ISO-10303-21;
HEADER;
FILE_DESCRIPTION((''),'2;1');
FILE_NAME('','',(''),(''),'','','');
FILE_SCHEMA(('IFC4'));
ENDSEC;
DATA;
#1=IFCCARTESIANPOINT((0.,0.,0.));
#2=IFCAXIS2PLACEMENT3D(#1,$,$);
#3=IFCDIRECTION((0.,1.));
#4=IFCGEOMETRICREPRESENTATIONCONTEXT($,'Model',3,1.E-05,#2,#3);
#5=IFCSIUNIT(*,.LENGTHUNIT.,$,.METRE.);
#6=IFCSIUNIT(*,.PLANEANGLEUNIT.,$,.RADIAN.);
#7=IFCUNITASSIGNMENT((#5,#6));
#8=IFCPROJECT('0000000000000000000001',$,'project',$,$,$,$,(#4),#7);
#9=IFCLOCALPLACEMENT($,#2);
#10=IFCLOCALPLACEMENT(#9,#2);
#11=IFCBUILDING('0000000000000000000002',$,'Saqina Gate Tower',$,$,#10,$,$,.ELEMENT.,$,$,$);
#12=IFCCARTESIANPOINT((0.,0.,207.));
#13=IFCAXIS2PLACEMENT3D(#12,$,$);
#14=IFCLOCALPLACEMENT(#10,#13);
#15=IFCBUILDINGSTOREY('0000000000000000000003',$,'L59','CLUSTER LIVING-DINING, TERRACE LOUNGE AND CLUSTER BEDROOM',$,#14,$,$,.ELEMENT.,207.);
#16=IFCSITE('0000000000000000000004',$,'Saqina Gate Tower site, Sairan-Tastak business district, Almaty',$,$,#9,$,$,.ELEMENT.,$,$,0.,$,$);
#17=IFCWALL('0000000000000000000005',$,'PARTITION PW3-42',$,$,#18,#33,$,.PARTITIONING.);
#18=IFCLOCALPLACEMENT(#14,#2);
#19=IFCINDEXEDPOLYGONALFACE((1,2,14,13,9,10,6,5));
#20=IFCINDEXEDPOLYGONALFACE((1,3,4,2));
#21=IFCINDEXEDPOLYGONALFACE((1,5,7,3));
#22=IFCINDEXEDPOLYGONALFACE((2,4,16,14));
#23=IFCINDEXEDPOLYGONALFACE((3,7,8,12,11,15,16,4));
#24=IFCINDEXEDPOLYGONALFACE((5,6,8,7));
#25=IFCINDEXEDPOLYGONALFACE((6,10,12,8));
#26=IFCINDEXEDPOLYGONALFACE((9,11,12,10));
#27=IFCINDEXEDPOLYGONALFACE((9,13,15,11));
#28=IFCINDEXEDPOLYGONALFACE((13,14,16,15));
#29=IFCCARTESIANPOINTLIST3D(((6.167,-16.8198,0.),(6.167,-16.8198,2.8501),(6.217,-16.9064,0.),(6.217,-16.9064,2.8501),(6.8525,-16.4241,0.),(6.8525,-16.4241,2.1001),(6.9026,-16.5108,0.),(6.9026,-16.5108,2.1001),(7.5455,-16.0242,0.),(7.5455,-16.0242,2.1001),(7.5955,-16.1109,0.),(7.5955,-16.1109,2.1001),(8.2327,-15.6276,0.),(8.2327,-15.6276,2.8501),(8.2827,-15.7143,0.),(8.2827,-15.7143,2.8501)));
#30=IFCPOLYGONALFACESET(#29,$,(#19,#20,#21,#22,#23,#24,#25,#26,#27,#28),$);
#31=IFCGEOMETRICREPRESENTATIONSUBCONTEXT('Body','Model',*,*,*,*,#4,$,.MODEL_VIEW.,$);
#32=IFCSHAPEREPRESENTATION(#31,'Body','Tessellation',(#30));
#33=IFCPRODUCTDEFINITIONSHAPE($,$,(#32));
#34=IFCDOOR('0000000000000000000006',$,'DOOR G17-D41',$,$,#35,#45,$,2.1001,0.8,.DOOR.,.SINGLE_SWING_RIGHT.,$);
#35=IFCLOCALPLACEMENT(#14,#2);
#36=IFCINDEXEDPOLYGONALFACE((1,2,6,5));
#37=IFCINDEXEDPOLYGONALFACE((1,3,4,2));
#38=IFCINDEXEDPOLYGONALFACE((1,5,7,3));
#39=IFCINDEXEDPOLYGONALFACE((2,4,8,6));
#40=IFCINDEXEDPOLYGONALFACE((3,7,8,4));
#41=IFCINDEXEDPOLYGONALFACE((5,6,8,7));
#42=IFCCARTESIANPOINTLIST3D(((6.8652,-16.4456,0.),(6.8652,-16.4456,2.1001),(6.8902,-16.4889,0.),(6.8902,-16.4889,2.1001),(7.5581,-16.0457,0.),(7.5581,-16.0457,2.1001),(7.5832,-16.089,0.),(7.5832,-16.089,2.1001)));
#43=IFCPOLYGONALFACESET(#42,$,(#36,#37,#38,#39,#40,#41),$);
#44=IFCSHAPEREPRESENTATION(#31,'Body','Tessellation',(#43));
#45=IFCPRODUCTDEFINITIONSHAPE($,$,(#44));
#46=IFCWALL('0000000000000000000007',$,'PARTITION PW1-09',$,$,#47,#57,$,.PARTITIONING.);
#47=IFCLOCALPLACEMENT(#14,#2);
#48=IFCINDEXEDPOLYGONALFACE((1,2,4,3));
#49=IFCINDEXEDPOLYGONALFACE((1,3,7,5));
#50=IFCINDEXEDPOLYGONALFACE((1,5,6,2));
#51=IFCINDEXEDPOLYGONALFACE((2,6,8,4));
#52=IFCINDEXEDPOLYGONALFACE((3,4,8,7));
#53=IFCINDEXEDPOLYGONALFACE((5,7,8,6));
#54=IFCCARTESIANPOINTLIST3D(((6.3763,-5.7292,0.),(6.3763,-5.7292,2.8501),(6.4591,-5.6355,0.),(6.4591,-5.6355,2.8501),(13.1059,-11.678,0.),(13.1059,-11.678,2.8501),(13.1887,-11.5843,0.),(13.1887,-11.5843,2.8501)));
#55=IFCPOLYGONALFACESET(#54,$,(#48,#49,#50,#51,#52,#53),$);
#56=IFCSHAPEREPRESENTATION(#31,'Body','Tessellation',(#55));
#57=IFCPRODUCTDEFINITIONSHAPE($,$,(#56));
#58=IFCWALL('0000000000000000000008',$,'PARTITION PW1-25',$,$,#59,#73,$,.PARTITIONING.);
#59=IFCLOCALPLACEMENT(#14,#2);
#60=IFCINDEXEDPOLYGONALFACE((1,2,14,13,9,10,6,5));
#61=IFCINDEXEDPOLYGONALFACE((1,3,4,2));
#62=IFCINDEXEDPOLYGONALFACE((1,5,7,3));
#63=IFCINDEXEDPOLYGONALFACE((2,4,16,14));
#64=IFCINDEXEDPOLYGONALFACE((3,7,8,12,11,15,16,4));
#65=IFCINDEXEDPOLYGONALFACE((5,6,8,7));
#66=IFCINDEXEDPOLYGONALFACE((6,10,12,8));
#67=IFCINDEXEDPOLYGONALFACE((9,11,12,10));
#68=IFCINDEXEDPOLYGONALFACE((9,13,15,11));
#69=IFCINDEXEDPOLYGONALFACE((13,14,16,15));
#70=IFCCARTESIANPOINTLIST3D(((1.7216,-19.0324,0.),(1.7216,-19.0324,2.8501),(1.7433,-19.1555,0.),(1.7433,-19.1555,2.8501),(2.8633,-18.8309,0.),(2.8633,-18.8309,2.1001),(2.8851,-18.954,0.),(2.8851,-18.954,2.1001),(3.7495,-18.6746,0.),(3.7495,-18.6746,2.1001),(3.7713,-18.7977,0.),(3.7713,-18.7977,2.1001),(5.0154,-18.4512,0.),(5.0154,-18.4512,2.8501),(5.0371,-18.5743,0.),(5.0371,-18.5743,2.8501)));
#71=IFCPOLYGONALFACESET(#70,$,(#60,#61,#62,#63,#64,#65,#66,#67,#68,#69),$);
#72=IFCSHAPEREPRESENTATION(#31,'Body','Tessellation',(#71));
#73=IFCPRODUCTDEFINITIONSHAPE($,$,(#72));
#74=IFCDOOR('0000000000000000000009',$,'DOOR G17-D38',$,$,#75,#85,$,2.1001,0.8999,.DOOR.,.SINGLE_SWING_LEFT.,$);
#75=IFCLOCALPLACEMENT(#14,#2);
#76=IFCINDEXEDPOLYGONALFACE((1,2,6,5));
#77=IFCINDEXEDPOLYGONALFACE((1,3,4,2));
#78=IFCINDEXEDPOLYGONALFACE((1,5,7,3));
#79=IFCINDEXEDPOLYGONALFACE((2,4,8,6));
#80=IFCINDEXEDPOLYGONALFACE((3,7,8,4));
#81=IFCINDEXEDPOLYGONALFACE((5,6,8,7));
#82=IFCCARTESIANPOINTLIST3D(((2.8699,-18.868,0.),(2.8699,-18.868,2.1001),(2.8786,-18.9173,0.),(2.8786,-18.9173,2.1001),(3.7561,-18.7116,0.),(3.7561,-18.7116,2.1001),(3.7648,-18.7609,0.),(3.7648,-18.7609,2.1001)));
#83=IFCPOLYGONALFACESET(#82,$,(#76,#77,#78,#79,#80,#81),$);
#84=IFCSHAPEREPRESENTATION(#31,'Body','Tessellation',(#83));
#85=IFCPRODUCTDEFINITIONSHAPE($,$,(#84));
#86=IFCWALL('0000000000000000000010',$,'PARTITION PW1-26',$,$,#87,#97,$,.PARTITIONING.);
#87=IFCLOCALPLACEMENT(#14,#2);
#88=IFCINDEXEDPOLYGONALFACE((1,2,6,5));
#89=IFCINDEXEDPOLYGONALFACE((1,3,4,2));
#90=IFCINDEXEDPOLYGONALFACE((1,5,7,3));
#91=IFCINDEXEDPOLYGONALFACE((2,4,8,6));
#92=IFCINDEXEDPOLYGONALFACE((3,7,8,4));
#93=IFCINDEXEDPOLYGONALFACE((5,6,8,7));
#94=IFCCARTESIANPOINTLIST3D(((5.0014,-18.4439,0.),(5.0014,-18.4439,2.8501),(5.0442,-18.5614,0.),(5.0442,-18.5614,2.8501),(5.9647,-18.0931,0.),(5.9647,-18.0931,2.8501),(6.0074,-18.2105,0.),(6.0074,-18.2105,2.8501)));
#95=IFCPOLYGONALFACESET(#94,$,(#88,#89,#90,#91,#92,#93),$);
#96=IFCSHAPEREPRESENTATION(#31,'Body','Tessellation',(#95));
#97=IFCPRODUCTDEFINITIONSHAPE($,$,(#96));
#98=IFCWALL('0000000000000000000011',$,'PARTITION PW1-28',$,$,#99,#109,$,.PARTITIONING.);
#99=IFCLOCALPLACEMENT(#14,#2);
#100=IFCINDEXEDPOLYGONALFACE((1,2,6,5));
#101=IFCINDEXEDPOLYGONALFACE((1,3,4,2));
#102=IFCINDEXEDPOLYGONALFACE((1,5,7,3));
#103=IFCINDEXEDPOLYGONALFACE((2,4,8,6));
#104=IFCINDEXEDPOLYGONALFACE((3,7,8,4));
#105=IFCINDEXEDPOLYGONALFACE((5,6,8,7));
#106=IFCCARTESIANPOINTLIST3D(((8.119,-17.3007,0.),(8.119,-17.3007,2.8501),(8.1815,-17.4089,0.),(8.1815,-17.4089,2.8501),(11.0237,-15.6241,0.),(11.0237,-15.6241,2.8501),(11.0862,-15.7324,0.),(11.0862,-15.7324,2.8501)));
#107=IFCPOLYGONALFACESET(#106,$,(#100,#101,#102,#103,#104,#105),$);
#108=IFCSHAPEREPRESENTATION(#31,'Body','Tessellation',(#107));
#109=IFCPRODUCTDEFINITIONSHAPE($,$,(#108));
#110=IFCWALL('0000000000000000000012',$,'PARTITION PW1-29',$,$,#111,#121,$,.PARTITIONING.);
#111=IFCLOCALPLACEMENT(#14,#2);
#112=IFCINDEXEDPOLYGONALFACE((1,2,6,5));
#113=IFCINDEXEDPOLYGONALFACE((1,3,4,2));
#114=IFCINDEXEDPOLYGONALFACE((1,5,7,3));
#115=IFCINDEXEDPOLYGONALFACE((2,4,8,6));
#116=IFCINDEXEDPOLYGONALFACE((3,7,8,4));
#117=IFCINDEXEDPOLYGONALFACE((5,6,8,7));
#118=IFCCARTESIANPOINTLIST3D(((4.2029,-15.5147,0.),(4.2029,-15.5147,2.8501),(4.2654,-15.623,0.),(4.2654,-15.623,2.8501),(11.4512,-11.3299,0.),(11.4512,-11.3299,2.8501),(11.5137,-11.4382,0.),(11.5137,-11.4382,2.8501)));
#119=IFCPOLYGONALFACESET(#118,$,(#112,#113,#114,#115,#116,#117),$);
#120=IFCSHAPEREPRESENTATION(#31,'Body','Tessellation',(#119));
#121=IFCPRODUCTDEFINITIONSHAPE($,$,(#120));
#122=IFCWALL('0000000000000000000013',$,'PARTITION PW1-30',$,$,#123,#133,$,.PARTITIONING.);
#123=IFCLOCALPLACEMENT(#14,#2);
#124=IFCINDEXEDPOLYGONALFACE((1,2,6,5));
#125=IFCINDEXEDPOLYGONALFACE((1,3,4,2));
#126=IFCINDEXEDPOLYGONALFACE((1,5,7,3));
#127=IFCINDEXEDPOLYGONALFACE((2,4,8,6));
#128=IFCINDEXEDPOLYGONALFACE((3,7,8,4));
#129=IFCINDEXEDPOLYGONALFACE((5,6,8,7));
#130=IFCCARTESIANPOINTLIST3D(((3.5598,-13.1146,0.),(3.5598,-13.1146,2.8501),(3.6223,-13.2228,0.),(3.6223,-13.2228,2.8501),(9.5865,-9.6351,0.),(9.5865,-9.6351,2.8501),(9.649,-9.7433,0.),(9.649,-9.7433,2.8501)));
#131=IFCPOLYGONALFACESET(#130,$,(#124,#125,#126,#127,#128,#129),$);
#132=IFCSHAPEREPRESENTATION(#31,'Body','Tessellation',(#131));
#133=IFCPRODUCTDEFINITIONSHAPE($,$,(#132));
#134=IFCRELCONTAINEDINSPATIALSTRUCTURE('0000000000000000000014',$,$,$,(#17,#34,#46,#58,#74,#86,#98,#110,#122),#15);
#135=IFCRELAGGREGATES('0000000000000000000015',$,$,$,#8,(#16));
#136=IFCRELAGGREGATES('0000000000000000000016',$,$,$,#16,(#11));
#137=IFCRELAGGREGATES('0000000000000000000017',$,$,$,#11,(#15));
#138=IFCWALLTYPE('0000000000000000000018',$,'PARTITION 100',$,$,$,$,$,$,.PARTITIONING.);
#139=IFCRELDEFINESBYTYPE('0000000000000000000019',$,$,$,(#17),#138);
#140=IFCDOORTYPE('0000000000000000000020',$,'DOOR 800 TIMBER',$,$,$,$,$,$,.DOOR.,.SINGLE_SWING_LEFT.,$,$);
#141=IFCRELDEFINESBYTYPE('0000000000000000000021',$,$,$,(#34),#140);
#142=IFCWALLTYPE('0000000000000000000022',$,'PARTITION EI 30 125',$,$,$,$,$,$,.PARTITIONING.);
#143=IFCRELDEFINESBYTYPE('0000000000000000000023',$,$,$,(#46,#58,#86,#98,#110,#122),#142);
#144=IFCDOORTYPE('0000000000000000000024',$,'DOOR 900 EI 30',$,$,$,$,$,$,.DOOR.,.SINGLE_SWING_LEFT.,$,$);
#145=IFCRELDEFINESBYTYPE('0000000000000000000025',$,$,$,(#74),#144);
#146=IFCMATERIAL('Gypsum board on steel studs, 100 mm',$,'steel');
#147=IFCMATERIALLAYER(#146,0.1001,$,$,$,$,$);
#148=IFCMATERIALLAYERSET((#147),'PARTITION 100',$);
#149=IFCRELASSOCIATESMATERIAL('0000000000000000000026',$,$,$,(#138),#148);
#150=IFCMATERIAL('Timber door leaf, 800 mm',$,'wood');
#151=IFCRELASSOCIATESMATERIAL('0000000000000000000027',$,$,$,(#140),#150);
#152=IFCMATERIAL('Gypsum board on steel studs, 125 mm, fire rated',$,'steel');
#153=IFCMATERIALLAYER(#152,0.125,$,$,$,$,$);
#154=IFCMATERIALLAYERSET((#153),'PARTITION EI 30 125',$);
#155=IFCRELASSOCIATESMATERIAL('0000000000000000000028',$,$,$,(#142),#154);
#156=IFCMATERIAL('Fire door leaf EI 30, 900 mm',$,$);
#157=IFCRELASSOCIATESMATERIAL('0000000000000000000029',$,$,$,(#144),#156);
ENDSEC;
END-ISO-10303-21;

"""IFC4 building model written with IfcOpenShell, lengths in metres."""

from ifc_helpers import new_model, si_unit, direction, frame, frame_2d, origin, place, context, subcontext, project, spatial, rectangle, extrude, material, layer, layer_set, type_object, element, fill, save


model = new_model("IFC4")

# Units and contexts
model_context = context("Model", 3, precision=1e-05, world=origin(), true_north=direction((0.0, 1.0)))
body_context = subcontext(model_context, "Body", "Model", "MODEL_VIEW")
ifc_project = project(units=[si_unit("LENGTHUNIT", "METRE"), si_unit("PLANEANGLEUNIT", "RADIAN")], contexts=[model_context])

# Site, building, storey
site_placement = place(None, origin())
site = spatial("IfcSite", under=ifc_project, at=site_placement, Name="Saqina Gate Tower site, Sairan-Tastak business district, Almaty", CompositionType="ELEMENT", RefElevation=0.0)
building_placement = place(site_placement, origin())
building = spatial("IfcBuilding", under=site, at=building_placement, Name="Saqina Gate Tower", CompositionType="ELEMENT")
storey_placement = place(building_placement, frame((0.0, 0.0, 207.0)))
storey = spatial("IfcBuildingStorey", under=building, at=storey_placement, Name="L59", Description="CLUSTER LIVING-DINING, TERRACE LOUNGE AND CLUSTER BEDROOM", CompositionType="ELEMENT", Elevation=207.0)

# Shared definitions
ifc_material_1 = material(Name="Gypsum board on steel studs, 100 mm", Category="steel")
ifc_layer_1 = layer(ifc_material_1, 0.1001)
ifc_layer_set_1 = layer_set([ifc_layer_1], Name="PARTITION 100")
wall_type_1 = type_object("IfcWallType", Name="PARTITION 100", PredefinedType="PARTITIONING", material=ifc_layer_set_1)

# Shared definitions
ifc_material_2 = material(Name="Timber door leaf, 800 mm", Category="wood")
door_type_1 = type_object("IfcDoorType", Name="DOOR 800 TIMBER", OperationType="SINGLE_SWING_LEFT", PredefinedType="DOOR", material=ifc_material_2)

# Wall, opening, door
wall_1_placement = place(storey_placement, frame((6.1921, -16.863, 0.0), z_axis=(0.0, 0.0, 1.0), x_axis=(0.866112, 0.499849, 0.0)))
wall_1 = element("IfcWall", 1, at=wall_1_placement, inside=storey, type_object=wall_type_1, Name="PARTITION PW3-42", PredefinedType="PARTITIONING", context=body_context, shape_type="SweptSolid", body=[
    extrude(rectangle(XDim=2.385, YDim=0.1001, at=frame_2d((1.1924, 0.0))), origin(), (0.0, 0.0, 1.0), 2.8501),
])
opening_1_placement = place(wall_1_placement, frame((0.7915, 0.0, 0.0)))
opening_1 = element("IfcOpeningElement", 2, at=opening_1_placement, cuts=wall_1, PredefinedType="OPENING", context=body_context, shape_type="SweptSolid", body=[
    extrude(rectangle(XDim=0.8, YDim=2.1001, at=frame_2d((0.3999, 1.05))), frame((0.0, 0.062, 0.0), z_axis=(0.0, -1.0, 0.0), x_axis=(1.0, 0.0, 0.0)), (0.0, 0.0, 1.0), 0.124),
])
door_1_placement = place(opening_1_placement, frame((0.8, 0.0, 0.0), z_axis=(0.0, 0.0, 1.0), x_axis=(-1.0, 0.0, 0.0)))
door_1 = element("IfcDoor", 3, at=door_1_placement, inside=storey, type_object=door_type_1, Name="DOOR G17-D41", OperationType="SINGLE_SWING_RIGHT", OverallHeight=2.1001, OverallWidth=0.8, PredefinedType="DOOR", context=body_context, shape_type="SweptSolid", body=[
    extrude(rectangle(XDim=0.8, YDim=2.1001, at=frame_2d((0.3999, 1.05))), frame((0.0, 0.0249, 0.0), z_axis=(0.0, -1.0, 0.0), x_axis=(1.0, 0.0, 0.0)), (0.0, 0.0, 1.0), 0.05),
])
fill(opening_1, door_1)

# Wall
ifc_material_3 = material(Name="Gypsum board on steel studs, 125 mm, fire rated", Category="steel")
ifc_layer_2 = layer(ifc_material_3, 0.125)
ifc_layer_set_2 = layer_set([ifc_layer_2], Name="PARTITION EI 30 125")
wall_type_2 = type_object("IfcWallType", Name="PARTITION EI 30 125", PredefinedType="PARTITIONING", material=ifc_layer_set_2)
wall_2_placement = place(storey_placement, frame((6.4177, -5.6824, 0.0), z_axis=(0.0, 0.0, 1.0), x_axis=(0.749233, -0.662306, 0.0)))
element("IfcWall", 4, at=wall_2_placement, inside=storey, type_object=wall_type_2, Name="PARTITION PW1-09", PredefinedType="PARTITIONING", context=body_context, shape_type="SweptSolid", body=[
    extrude(rectangle(XDim=8.9819, YDim=0.125, at=frame_2d((4.491, 0.0))), origin(), (0.0, 0.0, 1.0), 2.8501),
])

# Wall, opening, door
wall_3_placement = place(storey_placement, frame((1.7324, -19.094, 0.0), z_axis=(0.0, 0.0, 1.0), x_axis=(0.984783, 0.173789, 0.0)))
wall_3 = element("IfcWall", 5, at=wall_3_placement, inside=storey, type_object=wall_type_2, Name="PARTITION PW1-25", PredefinedType="PARTITIONING", context=body_context, shape_type="SweptSolid", body=[
    extrude(rectangle(XDim=3.3447, YDim=0.125, at=frame_2d((1.6724, 0.0))), origin(), (0.0, 0.0, 1.0), 2.8501),
])
opening_2_placement = place(wall_3_placement, frame((1.1594, 0.0, 0.0)))
opening_2 = element("IfcOpeningElement", 6, at=opening_2_placement, cuts=wall_3, PredefinedType="OPENING", context=body_context, shape_type="SweptSolid", body=[
    extrude(rectangle(XDim=0.8999, YDim=2.1001, at=frame_2d((0.45, 1.05))), frame((0.0, 0.0745, 0.0), z_axis=(0.0, -1.0, 0.0), x_axis=(1.0, 0.0, 0.0)), (0.0, 0.0, 1.0), 0.1489),
])
ifc_material_4 = material(Name="Fire door leaf EI 30, 900 mm")
door_type_2 = type_object("IfcDoorType", Name="DOOR 900 EI 30", OperationType="SINGLE_SWING_LEFT", PredefinedType="DOOR", material=ifc_material_4)
door_2_placement = place(opening_2_placement, origin())
door_2 = element("IfcDoor", 7, at=door_2_placement, inside=storey, type_object=door_type_2, Name="DOOR G17-D38", OperationType="SINGLE_SWING_LEFT", OverallHeight=2.1001, OverallWidth=0.8999, PredefinedType="DOOR", context=body_context, shape_type="SweptSolid", body=[
    extrude(rectangle(XDim=0.8999, YDim=2.1001, at=frame_2d((0.45, 1.05))), frame((0.0, 0.0249, 0.0), z_axis=(0.0, -1.0, 0.0), x_axis=(1.0, 0.0, 0.0)), (0.0, 0.0, 1.0), 0.05),
])
fill(opening_2, door_2)

# Walls
wall_4_placement = place(storey_placement, frame((5.0227, -18.5027, 0.0), z_axis=(0.0, 0.0, 1.0), x_axis=(0.939606, 0.342259, 0.0)))
element("IfcWall", 8, at=wall_4_placement, inside=storey, type_object=wall_type_2, Name="PARTITION PW1-26", PredefinedType="PARTITIONING", context=body_context, shape_type="SweptSolid", body=[
    extrude(rectangle(XDim=1.0251, YDim=0.125, at=frame_2d((0.5127, 0.0))), origin(), (0.0, 0.0, 1.0), 2.8501),
])
wall_5_placement = place(storey_placement, frame((8.1504, -17.3547, 0.0), z_axis=(0.0, 0.0, 1.0), x_axis=(0.86608, 0.499905, 0.0)))
element("IfcWall", 9, at=wall_5_placement, inside=storey, type_object=wall_type_2, Name="PARTITION PW1-28", PredefinedType="PARTITIONING", context=body_context, shape_type="SweptSolid", body=[
    extrude(rectangle(XDim=3.3538, YDim=0.125, at=frame_2d((1.6768, 0.0))), origin(), (0.0, 0.0, 1.0), 2.8501),
])
wall_6_placement = place(storey_placement, frame((4.2341, -15.5688, 0.0), z_axis=(0.0, 0.0, 1.0), x_axis=(0.866025, 0.500001, 0.0)))
element("IfcWall", 10, at=wall_6_placement, inside=storey, type_object=wall_type_2, Name="PARTITION PW1-29", PredefinedType="PARTITIONING", context=body_context, shape_type="SweptSolid", body=[
    extrude(rectangle(XDim=8.3696, YDim=0.125, at=frame_2d((4.1848, 0.0))), origin(), (0.0, 0.0, 1.0), 2.8501),
])
wall_7_placement = place(storey_placement, frame((3.5911, -13.1687, 0.0), z_axis=(0.0, 0.0, 1.0), x_axis=(0.866024, 0.500003, 0.0)))
element("IfcWall", 11, at=wall_7_placement, inside=storey, type_object=wall_type_2, Name="PARTITION PW1-30", PredefinedType="PARTITIONING", context=body_context, shape_type="SweptSolid", body=[
    extrude(rectangle(XDim=6.959, YDim=0.125, at=frame_2d((3.4795, 0.0))), origin(), (0.0, 0.0, 1.0), 2.8501),
])

save(model, "model.ifc")
